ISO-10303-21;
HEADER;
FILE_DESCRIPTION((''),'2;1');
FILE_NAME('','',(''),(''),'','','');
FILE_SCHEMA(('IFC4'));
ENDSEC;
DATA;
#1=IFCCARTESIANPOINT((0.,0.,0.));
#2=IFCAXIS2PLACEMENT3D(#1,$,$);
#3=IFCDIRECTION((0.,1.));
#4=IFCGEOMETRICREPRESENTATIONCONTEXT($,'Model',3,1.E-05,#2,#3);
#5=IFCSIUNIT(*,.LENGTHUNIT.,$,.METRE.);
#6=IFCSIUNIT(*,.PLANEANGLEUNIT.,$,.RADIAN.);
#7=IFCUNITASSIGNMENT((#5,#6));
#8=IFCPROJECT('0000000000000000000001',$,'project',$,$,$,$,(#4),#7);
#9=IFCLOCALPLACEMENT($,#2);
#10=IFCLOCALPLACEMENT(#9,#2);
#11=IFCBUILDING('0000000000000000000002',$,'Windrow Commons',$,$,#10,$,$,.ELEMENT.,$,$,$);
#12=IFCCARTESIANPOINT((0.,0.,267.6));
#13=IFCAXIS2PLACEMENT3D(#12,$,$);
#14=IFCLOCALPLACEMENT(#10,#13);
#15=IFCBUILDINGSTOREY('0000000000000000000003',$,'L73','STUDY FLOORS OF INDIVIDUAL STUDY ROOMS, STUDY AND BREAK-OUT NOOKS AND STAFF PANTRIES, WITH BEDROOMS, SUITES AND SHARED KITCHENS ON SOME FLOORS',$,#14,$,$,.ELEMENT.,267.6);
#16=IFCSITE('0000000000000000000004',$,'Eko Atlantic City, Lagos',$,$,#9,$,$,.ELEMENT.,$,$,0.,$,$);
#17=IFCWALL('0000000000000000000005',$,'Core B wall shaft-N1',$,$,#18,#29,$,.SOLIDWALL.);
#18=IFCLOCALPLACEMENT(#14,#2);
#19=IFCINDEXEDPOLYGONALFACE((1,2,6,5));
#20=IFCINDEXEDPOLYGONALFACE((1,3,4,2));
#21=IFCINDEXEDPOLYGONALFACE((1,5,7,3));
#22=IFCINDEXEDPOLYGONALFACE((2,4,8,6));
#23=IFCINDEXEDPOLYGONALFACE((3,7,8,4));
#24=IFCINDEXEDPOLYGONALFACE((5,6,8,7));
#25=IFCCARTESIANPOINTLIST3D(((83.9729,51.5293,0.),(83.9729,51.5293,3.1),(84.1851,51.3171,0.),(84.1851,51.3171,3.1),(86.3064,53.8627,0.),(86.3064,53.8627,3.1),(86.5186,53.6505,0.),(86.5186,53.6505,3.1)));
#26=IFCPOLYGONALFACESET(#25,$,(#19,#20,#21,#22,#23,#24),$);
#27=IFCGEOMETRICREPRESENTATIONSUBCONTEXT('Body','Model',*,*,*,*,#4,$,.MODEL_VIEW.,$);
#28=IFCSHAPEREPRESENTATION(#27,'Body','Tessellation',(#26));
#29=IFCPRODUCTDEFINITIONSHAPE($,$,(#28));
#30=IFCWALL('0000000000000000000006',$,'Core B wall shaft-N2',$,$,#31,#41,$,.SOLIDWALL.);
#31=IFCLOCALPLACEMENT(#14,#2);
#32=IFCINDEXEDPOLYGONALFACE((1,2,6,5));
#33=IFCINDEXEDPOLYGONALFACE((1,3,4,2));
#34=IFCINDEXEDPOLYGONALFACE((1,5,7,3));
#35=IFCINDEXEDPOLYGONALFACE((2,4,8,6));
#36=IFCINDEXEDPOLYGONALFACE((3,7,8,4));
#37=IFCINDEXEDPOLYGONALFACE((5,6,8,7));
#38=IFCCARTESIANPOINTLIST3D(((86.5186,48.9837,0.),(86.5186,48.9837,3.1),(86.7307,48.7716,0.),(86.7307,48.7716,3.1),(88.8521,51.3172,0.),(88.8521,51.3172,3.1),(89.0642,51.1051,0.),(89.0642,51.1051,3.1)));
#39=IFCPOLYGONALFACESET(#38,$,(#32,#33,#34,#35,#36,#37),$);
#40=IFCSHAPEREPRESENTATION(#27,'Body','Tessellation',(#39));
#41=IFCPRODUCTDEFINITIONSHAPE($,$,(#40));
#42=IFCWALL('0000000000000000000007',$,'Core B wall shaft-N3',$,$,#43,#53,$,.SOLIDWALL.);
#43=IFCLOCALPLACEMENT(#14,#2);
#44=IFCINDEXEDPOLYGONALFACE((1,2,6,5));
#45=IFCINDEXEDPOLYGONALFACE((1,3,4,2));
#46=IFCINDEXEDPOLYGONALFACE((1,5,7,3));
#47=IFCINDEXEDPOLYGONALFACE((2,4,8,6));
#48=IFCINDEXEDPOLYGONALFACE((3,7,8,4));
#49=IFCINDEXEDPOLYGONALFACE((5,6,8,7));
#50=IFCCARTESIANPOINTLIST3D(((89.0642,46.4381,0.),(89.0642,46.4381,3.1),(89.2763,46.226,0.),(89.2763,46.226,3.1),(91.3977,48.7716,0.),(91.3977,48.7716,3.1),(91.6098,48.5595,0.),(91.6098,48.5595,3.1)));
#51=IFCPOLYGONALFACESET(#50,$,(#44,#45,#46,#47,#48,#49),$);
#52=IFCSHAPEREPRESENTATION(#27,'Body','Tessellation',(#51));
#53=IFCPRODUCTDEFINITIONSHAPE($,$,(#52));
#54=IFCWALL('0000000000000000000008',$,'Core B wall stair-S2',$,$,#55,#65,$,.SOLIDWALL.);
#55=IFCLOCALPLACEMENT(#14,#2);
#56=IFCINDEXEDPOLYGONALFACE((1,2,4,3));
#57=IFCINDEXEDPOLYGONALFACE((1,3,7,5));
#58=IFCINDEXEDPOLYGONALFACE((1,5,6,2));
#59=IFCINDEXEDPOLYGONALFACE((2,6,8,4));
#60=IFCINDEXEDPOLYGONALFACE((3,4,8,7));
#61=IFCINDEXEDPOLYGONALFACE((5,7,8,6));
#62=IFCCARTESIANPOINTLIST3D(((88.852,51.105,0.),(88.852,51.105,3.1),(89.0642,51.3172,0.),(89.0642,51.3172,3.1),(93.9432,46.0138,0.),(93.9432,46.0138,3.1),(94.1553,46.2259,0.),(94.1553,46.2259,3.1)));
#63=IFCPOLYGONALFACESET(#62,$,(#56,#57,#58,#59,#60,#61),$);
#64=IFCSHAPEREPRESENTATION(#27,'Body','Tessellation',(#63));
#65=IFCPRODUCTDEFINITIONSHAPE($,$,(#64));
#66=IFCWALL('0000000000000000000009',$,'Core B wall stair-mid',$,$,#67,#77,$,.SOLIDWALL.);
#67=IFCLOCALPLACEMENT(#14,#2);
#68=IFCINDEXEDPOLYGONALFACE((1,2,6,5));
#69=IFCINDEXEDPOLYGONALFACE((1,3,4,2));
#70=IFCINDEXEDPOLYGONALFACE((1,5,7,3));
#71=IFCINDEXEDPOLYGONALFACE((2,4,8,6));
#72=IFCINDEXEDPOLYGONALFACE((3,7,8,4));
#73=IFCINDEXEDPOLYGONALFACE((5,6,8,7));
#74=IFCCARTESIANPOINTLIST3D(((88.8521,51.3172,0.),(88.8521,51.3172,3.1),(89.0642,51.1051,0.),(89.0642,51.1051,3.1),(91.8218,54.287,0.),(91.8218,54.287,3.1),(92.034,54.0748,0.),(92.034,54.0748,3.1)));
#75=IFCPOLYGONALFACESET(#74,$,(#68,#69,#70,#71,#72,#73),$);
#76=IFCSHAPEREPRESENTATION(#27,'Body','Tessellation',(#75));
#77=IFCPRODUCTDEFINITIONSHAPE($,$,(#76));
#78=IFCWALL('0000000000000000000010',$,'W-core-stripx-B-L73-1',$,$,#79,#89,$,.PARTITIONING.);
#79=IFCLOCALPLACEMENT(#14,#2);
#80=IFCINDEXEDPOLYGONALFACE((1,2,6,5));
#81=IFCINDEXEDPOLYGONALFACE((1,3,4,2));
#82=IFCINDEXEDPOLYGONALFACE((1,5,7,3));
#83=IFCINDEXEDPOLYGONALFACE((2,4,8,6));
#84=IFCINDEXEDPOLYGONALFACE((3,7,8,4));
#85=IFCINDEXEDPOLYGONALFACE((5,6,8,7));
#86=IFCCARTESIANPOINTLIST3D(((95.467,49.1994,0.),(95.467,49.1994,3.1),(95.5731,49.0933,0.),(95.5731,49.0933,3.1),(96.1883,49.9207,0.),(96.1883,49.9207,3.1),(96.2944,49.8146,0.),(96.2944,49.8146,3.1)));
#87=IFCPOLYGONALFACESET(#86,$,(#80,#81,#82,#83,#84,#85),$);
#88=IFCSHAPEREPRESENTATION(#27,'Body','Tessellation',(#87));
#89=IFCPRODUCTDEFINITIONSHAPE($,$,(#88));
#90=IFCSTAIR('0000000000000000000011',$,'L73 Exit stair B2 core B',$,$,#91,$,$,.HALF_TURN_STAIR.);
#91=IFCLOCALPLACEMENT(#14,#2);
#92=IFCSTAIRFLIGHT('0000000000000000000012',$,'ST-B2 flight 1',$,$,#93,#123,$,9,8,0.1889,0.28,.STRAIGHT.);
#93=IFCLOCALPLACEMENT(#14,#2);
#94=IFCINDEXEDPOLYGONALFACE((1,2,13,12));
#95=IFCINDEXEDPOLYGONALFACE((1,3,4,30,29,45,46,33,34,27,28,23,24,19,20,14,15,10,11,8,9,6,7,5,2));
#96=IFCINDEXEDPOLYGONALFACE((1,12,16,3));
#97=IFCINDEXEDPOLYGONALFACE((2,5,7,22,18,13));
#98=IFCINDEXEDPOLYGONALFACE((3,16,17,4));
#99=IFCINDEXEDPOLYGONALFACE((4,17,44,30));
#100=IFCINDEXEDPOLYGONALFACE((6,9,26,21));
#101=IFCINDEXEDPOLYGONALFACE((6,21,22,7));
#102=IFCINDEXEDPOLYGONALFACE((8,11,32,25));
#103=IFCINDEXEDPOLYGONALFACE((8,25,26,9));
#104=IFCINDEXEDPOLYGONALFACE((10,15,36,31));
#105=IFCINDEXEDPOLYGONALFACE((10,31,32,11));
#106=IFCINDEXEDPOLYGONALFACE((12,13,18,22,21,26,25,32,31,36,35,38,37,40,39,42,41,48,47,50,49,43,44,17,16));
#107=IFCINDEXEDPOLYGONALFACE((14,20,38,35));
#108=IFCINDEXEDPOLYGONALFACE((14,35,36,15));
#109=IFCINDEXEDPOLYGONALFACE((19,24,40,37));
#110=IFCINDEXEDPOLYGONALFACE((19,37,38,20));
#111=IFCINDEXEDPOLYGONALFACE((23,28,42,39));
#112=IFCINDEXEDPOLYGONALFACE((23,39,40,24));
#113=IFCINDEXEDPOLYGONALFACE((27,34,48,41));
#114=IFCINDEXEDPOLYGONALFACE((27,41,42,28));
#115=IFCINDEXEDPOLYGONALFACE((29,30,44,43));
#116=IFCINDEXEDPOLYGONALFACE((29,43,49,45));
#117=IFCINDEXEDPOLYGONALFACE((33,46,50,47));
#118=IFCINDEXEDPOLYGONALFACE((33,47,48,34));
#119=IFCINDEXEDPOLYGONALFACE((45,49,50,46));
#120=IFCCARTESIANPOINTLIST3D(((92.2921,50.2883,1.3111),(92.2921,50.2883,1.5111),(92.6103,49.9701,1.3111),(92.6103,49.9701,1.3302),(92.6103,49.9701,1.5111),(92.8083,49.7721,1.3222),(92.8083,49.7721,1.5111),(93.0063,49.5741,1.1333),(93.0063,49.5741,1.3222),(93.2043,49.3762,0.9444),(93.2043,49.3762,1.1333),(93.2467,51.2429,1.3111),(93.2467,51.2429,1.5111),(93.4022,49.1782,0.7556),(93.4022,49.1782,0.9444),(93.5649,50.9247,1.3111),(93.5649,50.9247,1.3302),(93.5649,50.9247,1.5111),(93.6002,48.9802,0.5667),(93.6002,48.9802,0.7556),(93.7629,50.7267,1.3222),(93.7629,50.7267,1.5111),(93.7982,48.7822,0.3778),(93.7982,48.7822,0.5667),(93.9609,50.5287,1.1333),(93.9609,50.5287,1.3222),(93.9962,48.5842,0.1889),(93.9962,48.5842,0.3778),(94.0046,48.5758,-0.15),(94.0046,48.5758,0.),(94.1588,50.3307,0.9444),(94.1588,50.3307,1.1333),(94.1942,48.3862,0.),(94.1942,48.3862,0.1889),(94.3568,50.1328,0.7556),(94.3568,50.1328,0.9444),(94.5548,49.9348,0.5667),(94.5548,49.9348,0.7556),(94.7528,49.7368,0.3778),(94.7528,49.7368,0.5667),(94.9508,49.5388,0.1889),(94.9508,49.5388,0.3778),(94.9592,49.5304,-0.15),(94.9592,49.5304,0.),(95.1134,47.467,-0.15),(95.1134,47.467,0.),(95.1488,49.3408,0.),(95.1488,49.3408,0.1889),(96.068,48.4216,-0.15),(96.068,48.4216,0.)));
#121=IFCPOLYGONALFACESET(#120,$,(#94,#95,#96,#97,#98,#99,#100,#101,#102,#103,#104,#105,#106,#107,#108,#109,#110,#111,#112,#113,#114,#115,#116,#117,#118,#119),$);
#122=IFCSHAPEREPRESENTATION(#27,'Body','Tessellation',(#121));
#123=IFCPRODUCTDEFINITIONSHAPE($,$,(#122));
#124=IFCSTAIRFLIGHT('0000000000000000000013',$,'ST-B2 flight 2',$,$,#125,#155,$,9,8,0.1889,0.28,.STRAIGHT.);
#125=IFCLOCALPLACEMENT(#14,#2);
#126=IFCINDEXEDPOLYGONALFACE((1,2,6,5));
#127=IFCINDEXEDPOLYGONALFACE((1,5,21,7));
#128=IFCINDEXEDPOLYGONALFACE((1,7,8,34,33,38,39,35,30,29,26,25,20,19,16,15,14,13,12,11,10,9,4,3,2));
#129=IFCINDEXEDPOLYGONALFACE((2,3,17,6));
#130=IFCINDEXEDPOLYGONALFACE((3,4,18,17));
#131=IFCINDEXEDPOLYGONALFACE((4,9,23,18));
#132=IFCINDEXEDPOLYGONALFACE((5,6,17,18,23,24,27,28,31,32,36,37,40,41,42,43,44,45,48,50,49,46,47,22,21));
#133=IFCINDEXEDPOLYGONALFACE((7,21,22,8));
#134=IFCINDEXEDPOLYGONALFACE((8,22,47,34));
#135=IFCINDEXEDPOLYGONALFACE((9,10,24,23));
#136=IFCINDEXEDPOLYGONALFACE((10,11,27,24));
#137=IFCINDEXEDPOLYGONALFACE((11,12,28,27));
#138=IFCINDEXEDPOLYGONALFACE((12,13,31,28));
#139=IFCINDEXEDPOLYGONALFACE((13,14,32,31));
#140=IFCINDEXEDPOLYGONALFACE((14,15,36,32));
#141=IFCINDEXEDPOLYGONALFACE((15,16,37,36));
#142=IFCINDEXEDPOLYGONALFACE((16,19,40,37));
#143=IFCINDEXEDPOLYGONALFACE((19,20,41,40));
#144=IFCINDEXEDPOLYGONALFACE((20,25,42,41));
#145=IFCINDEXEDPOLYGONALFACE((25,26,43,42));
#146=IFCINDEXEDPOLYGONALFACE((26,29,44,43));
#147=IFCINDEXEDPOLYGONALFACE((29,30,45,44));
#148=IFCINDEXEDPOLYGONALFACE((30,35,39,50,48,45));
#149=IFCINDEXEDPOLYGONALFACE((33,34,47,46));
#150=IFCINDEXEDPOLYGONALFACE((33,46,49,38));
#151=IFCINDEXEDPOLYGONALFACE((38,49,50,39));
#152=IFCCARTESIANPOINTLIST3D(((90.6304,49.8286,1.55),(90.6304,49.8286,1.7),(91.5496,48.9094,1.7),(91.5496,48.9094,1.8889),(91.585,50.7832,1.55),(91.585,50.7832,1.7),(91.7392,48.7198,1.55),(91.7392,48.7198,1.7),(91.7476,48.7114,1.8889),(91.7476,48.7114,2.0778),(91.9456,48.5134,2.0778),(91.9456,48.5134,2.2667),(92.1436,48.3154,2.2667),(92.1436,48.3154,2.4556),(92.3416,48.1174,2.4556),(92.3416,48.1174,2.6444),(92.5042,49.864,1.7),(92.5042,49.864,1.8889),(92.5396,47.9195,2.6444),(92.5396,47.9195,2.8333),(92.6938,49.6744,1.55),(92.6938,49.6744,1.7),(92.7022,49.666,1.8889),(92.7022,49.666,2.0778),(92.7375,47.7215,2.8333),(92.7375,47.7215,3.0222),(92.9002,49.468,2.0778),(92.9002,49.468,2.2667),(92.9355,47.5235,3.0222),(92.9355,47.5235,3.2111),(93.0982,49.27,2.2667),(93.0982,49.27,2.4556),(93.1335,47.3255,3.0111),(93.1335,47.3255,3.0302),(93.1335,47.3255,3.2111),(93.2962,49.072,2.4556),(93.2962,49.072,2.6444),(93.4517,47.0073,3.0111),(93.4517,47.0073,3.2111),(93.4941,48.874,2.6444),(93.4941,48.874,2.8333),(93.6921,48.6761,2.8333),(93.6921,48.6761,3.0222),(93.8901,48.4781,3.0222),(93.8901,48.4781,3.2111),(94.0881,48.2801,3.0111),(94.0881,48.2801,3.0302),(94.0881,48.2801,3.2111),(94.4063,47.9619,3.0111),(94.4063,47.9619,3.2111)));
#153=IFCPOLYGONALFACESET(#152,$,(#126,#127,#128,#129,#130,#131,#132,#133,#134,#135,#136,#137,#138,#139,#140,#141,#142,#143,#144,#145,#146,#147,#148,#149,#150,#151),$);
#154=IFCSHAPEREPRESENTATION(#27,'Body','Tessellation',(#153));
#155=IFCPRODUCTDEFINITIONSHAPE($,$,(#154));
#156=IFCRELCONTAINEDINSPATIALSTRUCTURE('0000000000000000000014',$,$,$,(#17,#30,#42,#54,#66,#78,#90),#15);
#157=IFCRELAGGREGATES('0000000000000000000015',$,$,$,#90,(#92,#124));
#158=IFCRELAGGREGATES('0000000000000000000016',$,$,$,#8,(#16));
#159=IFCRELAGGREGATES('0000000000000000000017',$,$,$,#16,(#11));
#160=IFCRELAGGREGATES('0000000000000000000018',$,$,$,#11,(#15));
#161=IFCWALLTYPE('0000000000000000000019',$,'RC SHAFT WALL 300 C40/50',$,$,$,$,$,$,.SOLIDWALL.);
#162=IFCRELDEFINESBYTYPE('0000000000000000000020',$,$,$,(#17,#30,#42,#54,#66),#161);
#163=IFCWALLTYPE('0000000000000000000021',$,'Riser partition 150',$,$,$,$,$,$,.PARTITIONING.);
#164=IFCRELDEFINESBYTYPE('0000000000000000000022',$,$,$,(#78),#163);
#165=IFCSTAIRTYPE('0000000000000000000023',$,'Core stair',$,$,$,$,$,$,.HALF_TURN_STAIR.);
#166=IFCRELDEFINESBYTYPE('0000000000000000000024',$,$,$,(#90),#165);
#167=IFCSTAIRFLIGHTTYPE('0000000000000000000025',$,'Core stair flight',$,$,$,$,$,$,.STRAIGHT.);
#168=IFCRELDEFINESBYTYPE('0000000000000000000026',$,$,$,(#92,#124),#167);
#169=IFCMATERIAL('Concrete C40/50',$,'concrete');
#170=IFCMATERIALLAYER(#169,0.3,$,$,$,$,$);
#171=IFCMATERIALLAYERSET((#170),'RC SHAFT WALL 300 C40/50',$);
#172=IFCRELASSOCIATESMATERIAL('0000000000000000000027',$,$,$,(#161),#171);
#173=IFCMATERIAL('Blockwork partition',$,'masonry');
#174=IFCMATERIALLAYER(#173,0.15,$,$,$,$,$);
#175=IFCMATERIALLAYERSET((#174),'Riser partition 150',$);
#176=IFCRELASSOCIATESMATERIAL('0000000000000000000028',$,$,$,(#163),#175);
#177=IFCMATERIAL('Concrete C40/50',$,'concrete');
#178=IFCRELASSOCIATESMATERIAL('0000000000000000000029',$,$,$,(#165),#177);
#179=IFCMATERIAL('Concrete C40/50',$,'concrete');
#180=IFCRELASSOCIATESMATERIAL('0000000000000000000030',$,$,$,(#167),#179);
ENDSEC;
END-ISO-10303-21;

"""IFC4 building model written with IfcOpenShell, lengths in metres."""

from ifc_helpers import new_model, si_unit, direction, frame, frame_2d, origin, place, context, subcontext, project, spatial, polyline, rectangle, outline, extrude, material, layer, layer_set, type_object, element, aggregate, save


model = new_model("IFC4")

# Units and contexts
model_context = context("Model", 3, precision=1e-05, world=origin(), true_north=direction((0.0, 1.0)))
body_context = subcontext(model_context, "Body", "Model", "MODEL_VIEW")
ifc_project = project(units=[si_unit("LENGTHUNIT", "METRE"), si_unit("PLANEANGLEUNIT", "RADIAN")], contexts=[model_context])

# Site, building, storey
site_placement = place(None, origin())
site = spatial("IfcSite", under=ifc_project, at=site_placement, Name="Eko Atlantic City, Lagos", CompositionType="ELEMENT", RefElevation=0.0)
building_placement = place(site_placement, origin())
building = spatial("IfcBuilding", under=site, at=building_placement, Name="Windrow Commons", CompositionType="ELEMENT")
storey_placement = place(building_placement, frame((0.0, 0.0, 267.6)))
storey = spatial("IfcBuildingStorey", under=building, at=storey_placement, Name="L73", Description="STUDY FLOORS OF INDIVIDUAL STUDY ROOMS, STUDY AND BREAK-OUT NOOKS AND STAFF PANTRIES, WITH BEDROOMS, SUITES AND SHARED KITCHENS ON SOME FLOORS", CompositionType="ELEMENT", Elevation=267.6)

# Walls
ifc_material_1 = material(Name="Concrete C40/50", Category="concrete")
ifc_layer_1 = layer(ifc_material_1, 0.3)
ifc_layer_set_1 = layer_set([ifc_layer_1], Name="RC SHAFT WALL 300 C40/50")
wall_type_1 = type_object("IfcWallType", Name="RC SHAFT WALL 300 C40/50", PredefinedType="SOLIDWALL", material=ifc_layer_set_1)
wall_1_placement = place(storey_placement, frame((84.079, 51.4232, 0.0), z_axis=(0.0, 0.0, 1.0), x_axis=(0.707122, 0.707092, 0.0)))
element("IfcWall", 1, at=wall_1_placement, inside=storey, type_object=wall_type_1, Name="Core B wall shaft-N1", PredefinedType="SOLIDWALL", context=body_context, shape_type="SweptSolid", body=[
    extrude(rectangle(XDim=3.3, YDim=0.3, at=frame_2d((1.65, 0.0))), origin(), (0.0, 0.0, 1.0), 3.1),
])
for number, where, z_axis, x_axis, name in (
    (2, (86.6246, 48.8776, 0.0), (0.0, 0.0, 1.0), (0.707107, 0.707107, 0.0), "Core B wall shaft-N2"),
    (3, (89.1702, 46.332, 0.0), (0.0, 0.0, 1.0), (0.707107, 0.707107, 0.0), "Core B wall shaft-N3"),
):
    element("IfcWall", number, at=place(storey_placement, frame(where, z_axis=z_axis, x_axis=x_axis)), inside=storey, type_object=wall_type_1, Name=name, PredefinedType="SOLIDWALL", context=body_context, shape_type="SweptSolid", body=[
        extrude(rectangle(XDim=3.3001, YDim=0.3, at=frame_2d((1.6501, 0.0))), origin(), (0.0, 0.0, 1.0), 3.1),
    ])
wall_2_placement = place(storey_placement, frame((88.9581, 51.2111, 0.0), z_axis=(0.0, 0.0, 1.0), x_axis=(0.7071, -0.707114, 0.0)))
element("IfcWall", 4, at=wall_2_placement, inside=storey, type_object=wall_type_1, Name="Core B wall stair-S2", PredefinedType="SOLIDWALL", context=body_context, shape_type="SweptSolid", body=[
    extrude(rectangle(XDim=7.2, YDim=0.3, at=frame_2d((3.6, 0.0))), origin(), (0.0, 0.0, 1.0), 3.1),
])
wall_3_placement = place(storey_placement, frame((88.9581, 51.2111, 0.0), z_axis=(0.0, 0.0, 1.0), x_axis=(0.707107, 0.707107, 0.0)))
element("IfcWall", 5, at=wall_3_placement, inside=storey, type_object=wall_type_1, Name="Core B wall stair-mid", PredefinedType="SOLIDWALL", context=body_context, shape_type="SweptSolid", body=[
    extrude(rectangle(XDim=4.1999, YDim=0.3, at=frame_2d((2.1, 0.0))), origin(), (0.0, 0.0, 1.0), 3.1),
])
ifc_material_2 = material(Name="Blockwork partition", Category="masonry")
ifc_layer_2 = layer(ifc_material_2, 0.15)
ifc_layer_set_2 = layer_set([ifc_layer_2], Name="Riser partition 150")
wall_type_2 = type_object("IfcWallType", Name="Riser partition 150", PredefinedType="PARTITIONING", material=ifc_layer_set_2)
wall_4_placement = place(storey_placement, frame((95.52, 49.1463, 0.0), z_axis=(0.0, 0.0, 1.0), x_axis=(0.707107, 0.707107, 0.0)))
element("IfcWall", 6, at=wall_4_placement, inside=storey, type_object=wall_type_2, Name="W-core-stripx-B-L73-1", PredefinedType="PARTITIONING", context=body_context, shape_type="SweptSolid", body=[
    extrude(rectangle(XDim=1.0201, YDim=0.15, at=frame_2d((0.5101, 0.0))), origin(), (0.0, 0.0, 1.0), 3.1),
])

# Stair, stair flights
ifc_material_3 = material(Name="Concrete C40/50", Category="concrete")
stair_type = type_object("IfcStairType", Name="Core stair", PredefinedType="HALF_TURN_STAIR", material=ifc_material_3)
stair_placement = place(storey_placement, origin())
stair = element("IfcStair", 7, at=stair_placement, inside=storey, type_object=stair_type, Name="L73 Exit stair B2 core B", PredefinedType="HALF_TURN_STAIR")
ifc_material_4 = material(Name="Concrete C40/50", Category="concrete")
stair_flight_type = type_object("IfcStairFlightType", Name="Core stair flight", PredefinedType="STRAIGHT", material=ifc_material_4)
stair_flight_1_placement = place(storey_placement, frame((94.6715, 48.8635, 0.0), z_axis=(0.0, 0.0, 1.0), x_axis=(-0.707107, 0.707107, 0.0)))
stair_flight_1 = element("IfcStairFlight", 8, at=stair_flight_1_placement, type_object=stair_flight_type, Name="ST-B2 flight 1", NumberOfRisers=9, NumberOfTreads=8, PredefinedType="STRAIGHT", RiserHeight=0.1889, TreadLength=0.28, context=body_context, shape_type="SweptSolid", body=[
    extrude(outline(polyline([(-1.3, -0.15), (-1.3, 0.0), (0.0, 0.0), (0.0, 0.1889), (0.28, 0.1889), (0.28, 0.3778), (0.56, 0.3778), (0.56, 0.5667), (0.84, 0.5667), (0.84, 0.7556), (1.12, 0.7556), (1.12, 0.9444), (1.4, 0.9444), (1.4, 1.1333), (1.68, 1.1333), (1.68, 1.3222), (1.96, 1.3222), (1.96, 1.5111), (2.24, 1.5111), (2.69, 1.5111), (2.69, 1.3111), (2.24, 1.3111), (2.24, 1.3302), (0.2682, 0.0), (0.2682, -0.15), (-1.3, -0.15)])), frame((0.0, 0.675, 0.0), z_axis=(0.0, -1.0, 0.0), x_axis=(1.0, 0.0, 0.0)), (0.0, 0.0, 1.0), 1.35),
])
stair_flight_2_placement = place(storey_placement, frame((92.0269, 49.3867, 1.7), z_axis=(0.0, 0.0, 1.0), x_axis=(0.707107, -0.707107, 0.0)))
stair_flight_2 = element("IfcStairFlight", 9, at=stair_flight_2_placement, type_object=stair_flight_type, Name="ST-B2 flight 2", NumberOfRisers=9, NumberOfTreads=8, PredefinedType="STRAIGHT", RiserHeight=0.1889, TreadLength=0.28, context=body_context, shape_type="SweptSolid", body=[
    extrude(outline(polyline([(-1.3, -0.15), (-1.3, 0.0), (0.0, 0.0), (0.0, 0.1889), (0.28, 0.1889), (0.28, 0.3778), (0.56, 0.3778), (0.56, 0.5667), (0.84, 0.5667), (0.84, 0.7556), (1.12, 0.7556), (1.12, 0.9444), (1.4, 0.9444), (1.4, 1.1333), (1.68, 1.1333), (1.68, 1.3222), (1.96, 1.3222), (1.96, 1.5111), (2.24, 1.5111), (2.69, 1.5111), (2.69, 1.3111), (2.24, 1.3111), (2.24, 1.3302), (0.2682, 0.0), (0.2682, -0.15), (-1.3, -0.15)])), frame((0.0, 0.675, 0.0), z_axis=(0.0, -1.0, 0.0), x_axis=(1.0, 0.0, 0.0)), (0.0, 0.0, 1.0), 1.35),
])
aggregate(stair, [stair_flight_1, stair_flight_2])

save(model, "model.ifc")
